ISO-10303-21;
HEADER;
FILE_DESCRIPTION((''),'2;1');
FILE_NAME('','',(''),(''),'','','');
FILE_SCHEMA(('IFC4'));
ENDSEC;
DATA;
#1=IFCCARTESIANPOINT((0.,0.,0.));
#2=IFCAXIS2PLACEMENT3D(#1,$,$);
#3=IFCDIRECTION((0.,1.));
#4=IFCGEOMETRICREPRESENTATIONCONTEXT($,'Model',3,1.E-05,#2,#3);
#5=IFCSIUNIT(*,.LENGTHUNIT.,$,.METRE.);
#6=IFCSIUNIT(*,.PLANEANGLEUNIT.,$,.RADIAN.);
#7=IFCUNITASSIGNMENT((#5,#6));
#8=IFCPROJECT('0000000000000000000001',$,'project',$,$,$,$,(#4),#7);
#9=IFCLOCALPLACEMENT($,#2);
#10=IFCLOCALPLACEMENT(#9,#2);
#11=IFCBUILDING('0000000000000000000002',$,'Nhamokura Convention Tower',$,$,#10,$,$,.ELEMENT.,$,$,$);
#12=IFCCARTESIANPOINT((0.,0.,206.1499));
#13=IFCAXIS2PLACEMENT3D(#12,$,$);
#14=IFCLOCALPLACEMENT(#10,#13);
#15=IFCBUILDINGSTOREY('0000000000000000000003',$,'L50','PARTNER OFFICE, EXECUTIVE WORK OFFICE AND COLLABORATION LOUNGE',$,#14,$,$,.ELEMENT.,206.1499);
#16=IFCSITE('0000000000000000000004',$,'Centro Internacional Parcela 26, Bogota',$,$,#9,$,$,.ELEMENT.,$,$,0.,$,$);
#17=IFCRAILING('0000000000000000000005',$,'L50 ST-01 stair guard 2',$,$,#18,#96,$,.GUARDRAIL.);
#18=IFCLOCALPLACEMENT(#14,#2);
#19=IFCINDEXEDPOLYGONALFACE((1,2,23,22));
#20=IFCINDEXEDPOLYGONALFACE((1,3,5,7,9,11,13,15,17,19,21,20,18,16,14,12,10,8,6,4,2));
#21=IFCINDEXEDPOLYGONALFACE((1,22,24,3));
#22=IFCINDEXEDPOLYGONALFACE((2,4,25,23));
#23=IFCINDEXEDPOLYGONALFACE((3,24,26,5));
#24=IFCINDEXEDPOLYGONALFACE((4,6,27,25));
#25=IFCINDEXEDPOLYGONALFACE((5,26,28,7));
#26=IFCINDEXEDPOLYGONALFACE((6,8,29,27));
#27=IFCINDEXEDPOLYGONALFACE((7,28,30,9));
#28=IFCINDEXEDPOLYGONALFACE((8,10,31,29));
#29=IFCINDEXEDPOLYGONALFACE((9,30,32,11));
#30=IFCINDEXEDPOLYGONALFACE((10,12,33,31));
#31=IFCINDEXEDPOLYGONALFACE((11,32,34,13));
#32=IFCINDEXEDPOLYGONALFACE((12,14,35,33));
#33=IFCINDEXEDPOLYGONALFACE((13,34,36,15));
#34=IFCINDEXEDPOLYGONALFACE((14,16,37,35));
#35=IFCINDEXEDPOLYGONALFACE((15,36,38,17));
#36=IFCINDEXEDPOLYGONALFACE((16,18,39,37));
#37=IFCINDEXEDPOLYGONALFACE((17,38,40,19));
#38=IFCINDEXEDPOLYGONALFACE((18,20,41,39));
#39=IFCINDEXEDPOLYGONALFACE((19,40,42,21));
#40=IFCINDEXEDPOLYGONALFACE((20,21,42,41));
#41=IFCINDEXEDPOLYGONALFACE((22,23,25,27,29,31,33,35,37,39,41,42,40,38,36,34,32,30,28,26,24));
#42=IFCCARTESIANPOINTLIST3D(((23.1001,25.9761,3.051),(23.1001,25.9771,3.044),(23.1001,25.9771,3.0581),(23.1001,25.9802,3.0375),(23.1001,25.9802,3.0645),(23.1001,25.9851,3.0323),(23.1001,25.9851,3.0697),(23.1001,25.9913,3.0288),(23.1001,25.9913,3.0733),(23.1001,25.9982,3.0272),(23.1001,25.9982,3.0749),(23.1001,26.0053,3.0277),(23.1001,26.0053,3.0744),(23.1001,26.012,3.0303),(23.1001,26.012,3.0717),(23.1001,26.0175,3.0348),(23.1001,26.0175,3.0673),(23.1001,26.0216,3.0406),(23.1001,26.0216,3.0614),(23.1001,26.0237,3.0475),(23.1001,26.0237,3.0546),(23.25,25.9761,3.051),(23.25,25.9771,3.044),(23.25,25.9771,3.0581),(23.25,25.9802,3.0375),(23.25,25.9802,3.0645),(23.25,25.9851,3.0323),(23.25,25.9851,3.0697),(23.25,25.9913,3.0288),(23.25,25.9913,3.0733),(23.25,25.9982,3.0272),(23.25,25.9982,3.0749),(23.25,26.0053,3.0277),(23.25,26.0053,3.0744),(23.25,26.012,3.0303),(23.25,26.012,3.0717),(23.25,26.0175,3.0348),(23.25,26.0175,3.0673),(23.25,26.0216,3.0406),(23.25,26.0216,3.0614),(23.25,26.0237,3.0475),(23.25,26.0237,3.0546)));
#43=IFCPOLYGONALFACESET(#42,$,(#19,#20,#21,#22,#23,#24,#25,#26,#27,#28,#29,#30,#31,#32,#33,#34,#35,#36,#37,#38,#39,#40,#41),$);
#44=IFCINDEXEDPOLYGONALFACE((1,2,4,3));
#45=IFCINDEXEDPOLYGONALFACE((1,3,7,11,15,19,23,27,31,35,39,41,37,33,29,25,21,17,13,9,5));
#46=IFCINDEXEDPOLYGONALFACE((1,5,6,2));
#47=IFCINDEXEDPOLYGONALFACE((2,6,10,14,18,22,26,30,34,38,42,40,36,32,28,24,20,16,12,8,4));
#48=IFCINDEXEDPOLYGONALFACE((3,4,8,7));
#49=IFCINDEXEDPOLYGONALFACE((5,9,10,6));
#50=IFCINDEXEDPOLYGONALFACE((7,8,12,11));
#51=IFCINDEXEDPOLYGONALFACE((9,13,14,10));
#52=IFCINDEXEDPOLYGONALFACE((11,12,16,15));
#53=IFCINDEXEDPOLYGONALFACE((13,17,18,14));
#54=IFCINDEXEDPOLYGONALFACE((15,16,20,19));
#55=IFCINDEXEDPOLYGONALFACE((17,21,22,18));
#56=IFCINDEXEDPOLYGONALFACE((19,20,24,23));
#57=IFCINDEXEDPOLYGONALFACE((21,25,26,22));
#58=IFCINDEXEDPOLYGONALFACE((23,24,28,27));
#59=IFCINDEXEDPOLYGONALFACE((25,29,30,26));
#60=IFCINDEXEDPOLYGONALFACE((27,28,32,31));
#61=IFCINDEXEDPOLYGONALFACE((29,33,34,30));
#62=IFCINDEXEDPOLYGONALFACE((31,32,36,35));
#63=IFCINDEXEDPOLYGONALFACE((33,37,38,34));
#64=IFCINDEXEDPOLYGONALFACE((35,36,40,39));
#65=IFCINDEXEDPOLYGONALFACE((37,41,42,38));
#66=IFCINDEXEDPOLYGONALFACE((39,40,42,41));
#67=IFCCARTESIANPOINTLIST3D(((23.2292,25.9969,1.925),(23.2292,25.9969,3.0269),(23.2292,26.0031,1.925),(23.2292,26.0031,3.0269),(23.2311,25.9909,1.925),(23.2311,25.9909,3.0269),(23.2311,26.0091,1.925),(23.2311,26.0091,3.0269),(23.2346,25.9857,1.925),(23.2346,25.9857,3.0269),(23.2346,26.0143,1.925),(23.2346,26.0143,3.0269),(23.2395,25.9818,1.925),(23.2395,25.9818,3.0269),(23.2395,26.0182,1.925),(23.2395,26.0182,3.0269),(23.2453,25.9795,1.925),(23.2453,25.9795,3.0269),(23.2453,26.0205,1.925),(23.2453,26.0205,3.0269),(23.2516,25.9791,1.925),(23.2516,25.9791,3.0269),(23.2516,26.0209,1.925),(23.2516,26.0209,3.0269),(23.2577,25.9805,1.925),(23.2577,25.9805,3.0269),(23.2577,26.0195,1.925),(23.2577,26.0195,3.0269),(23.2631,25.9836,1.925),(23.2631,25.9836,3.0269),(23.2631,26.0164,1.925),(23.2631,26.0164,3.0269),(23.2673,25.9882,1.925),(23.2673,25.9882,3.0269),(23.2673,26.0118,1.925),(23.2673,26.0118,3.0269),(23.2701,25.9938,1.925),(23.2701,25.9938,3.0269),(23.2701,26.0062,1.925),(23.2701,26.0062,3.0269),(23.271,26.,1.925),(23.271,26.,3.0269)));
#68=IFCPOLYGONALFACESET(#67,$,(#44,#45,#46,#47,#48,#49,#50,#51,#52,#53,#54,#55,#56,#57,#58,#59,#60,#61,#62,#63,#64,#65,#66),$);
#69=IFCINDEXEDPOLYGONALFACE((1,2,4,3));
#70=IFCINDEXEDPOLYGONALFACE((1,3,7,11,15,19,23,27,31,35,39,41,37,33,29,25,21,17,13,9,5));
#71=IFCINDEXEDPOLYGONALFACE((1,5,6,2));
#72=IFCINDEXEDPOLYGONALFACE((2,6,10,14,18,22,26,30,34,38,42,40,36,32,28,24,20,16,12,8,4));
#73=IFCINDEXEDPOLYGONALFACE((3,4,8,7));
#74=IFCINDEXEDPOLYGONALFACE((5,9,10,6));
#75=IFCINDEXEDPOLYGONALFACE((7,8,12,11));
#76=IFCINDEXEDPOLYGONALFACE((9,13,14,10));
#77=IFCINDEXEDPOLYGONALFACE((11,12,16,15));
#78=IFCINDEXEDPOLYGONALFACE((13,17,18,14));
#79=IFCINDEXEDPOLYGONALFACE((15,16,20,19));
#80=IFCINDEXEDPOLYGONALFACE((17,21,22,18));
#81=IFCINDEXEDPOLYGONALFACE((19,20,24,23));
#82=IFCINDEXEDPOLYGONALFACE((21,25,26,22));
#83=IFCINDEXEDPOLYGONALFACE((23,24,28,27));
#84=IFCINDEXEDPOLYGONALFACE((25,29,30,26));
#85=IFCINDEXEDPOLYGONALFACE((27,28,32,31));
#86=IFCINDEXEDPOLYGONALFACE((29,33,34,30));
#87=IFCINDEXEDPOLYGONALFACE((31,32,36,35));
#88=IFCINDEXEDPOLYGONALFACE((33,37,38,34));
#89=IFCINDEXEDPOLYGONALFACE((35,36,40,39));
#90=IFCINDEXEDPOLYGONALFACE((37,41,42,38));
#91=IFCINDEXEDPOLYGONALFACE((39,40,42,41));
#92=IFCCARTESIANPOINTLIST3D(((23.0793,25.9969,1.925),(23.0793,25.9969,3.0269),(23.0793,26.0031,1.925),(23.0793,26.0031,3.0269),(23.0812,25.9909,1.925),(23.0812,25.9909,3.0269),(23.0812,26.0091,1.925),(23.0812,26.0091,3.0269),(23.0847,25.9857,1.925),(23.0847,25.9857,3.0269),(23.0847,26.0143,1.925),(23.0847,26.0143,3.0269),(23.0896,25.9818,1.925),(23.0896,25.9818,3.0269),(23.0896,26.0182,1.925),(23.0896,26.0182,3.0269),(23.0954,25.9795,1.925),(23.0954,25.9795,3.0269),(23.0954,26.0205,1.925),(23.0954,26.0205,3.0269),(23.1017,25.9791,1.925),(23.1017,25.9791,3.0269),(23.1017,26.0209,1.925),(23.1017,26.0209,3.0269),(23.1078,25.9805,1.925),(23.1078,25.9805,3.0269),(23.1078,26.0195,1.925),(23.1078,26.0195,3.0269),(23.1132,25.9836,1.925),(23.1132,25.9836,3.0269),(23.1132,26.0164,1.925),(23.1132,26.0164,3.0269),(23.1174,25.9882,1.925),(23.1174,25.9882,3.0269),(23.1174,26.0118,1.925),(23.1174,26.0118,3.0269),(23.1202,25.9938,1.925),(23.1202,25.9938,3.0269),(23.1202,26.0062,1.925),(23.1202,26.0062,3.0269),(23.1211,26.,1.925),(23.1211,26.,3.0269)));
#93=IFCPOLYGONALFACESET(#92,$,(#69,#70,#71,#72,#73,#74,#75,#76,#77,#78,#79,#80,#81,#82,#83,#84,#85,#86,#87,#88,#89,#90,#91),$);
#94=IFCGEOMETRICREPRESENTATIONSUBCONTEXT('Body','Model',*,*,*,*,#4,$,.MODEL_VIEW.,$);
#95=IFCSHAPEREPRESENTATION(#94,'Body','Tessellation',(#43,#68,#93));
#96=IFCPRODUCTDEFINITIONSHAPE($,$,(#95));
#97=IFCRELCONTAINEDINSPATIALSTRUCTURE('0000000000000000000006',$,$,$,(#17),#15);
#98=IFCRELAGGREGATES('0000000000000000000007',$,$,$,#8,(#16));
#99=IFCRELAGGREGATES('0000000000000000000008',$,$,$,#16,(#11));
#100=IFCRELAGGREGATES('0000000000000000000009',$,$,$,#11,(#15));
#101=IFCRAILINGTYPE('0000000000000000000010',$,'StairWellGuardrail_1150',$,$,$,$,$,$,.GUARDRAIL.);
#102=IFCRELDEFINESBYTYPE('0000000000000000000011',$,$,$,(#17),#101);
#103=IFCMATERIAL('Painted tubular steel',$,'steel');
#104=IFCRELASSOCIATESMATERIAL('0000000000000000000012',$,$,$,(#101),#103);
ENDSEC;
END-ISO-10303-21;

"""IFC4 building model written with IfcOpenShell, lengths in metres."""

from ifc_helpers import new_model, si_unit, direction, frame, origin, origin_2d, place, context, subcontext, project, spatial, circle, extrude, material, type_object, element, save


model = new_model("IFC4")

# Units and contexts
model_context = context("Model", 3, precision=1e-05, world=origin(), true_north=direction((0.0, 1.0)))
body_context = subcontext(model_context, "Body", "Model", "MODEL_VIEW")
ifc_project = project(units=[si_unit("LENGTHUNIT", "METRE"), si_unit("PLANEANGLEUNIT", "RADIAN")], contexts=[model_context])

# Site, building, storey
site_placement = place(None, origin())
site = spatial("IfcSite", under=ifc_project, at=site_placement, Name="Centro Internacional Parcela 26, Bogota", CompositionType="ELEMENT", RefElevation=0.0)
building_placement = place(site_placement, origin())
building = spatial("IfcBuilding", under=site, at=building_placement, Name="Nhamokura Convention Tower", CompositionType="ELEMENT")
storey_placement = place(building_placement, frame((0.0, 0.0, 206.1499)))
storey = spatial("IfcBuildingStorey", under=building, at=storey_placement, Name="L50", Description="PARTNER OFFICE, EXECUTIVE WORK OFFICE AND COLLABORATION LOUNGE", CompositionType="ELEMENT", Elevation=206.1499)

# Railing
ifc_material_1 = material(Name="Painted tubular steel", Category="steel")
railing_type_1 = type_object("IfcRailingType", Name="StairWellGuardrail_1150", PredefinedType="GUARDRAIL", material=ifc_material_1)
railing_1_placement = place(storey_placement, frame((23.25, 26.0, 1.925)))
element("IfcRailing", 1, at=railing_1_placement, inside=storey, type_object=railing_type_1, Name="L50 ST-01 stair guard 2", PredefinedType="GUARDRAIL", context=body_context, shape_type="SweptSolid", body=[
    extrude(circle(Radius=0.0239, at=origin_2d()), frame((0.0, 0.0, 1.126), z_axis=(-1.0, 0.0, 0.0), x_axis=(0.0, -1.0, 0.0)), (0.0, 0.0, 1.0), 0.1499),
    extrude(circle(Radius=0.021, at=origin_2d()), origin(), (0.0, 0.0, 1.0), 1.1018),
    extrude(circle(Radius=0.021, at=origin_2d()), frame((-0.1499, 0.0, 0.0)), (0.0, 0.0, 1.0), 1.1018),
])

save(model, "model.ifc")
